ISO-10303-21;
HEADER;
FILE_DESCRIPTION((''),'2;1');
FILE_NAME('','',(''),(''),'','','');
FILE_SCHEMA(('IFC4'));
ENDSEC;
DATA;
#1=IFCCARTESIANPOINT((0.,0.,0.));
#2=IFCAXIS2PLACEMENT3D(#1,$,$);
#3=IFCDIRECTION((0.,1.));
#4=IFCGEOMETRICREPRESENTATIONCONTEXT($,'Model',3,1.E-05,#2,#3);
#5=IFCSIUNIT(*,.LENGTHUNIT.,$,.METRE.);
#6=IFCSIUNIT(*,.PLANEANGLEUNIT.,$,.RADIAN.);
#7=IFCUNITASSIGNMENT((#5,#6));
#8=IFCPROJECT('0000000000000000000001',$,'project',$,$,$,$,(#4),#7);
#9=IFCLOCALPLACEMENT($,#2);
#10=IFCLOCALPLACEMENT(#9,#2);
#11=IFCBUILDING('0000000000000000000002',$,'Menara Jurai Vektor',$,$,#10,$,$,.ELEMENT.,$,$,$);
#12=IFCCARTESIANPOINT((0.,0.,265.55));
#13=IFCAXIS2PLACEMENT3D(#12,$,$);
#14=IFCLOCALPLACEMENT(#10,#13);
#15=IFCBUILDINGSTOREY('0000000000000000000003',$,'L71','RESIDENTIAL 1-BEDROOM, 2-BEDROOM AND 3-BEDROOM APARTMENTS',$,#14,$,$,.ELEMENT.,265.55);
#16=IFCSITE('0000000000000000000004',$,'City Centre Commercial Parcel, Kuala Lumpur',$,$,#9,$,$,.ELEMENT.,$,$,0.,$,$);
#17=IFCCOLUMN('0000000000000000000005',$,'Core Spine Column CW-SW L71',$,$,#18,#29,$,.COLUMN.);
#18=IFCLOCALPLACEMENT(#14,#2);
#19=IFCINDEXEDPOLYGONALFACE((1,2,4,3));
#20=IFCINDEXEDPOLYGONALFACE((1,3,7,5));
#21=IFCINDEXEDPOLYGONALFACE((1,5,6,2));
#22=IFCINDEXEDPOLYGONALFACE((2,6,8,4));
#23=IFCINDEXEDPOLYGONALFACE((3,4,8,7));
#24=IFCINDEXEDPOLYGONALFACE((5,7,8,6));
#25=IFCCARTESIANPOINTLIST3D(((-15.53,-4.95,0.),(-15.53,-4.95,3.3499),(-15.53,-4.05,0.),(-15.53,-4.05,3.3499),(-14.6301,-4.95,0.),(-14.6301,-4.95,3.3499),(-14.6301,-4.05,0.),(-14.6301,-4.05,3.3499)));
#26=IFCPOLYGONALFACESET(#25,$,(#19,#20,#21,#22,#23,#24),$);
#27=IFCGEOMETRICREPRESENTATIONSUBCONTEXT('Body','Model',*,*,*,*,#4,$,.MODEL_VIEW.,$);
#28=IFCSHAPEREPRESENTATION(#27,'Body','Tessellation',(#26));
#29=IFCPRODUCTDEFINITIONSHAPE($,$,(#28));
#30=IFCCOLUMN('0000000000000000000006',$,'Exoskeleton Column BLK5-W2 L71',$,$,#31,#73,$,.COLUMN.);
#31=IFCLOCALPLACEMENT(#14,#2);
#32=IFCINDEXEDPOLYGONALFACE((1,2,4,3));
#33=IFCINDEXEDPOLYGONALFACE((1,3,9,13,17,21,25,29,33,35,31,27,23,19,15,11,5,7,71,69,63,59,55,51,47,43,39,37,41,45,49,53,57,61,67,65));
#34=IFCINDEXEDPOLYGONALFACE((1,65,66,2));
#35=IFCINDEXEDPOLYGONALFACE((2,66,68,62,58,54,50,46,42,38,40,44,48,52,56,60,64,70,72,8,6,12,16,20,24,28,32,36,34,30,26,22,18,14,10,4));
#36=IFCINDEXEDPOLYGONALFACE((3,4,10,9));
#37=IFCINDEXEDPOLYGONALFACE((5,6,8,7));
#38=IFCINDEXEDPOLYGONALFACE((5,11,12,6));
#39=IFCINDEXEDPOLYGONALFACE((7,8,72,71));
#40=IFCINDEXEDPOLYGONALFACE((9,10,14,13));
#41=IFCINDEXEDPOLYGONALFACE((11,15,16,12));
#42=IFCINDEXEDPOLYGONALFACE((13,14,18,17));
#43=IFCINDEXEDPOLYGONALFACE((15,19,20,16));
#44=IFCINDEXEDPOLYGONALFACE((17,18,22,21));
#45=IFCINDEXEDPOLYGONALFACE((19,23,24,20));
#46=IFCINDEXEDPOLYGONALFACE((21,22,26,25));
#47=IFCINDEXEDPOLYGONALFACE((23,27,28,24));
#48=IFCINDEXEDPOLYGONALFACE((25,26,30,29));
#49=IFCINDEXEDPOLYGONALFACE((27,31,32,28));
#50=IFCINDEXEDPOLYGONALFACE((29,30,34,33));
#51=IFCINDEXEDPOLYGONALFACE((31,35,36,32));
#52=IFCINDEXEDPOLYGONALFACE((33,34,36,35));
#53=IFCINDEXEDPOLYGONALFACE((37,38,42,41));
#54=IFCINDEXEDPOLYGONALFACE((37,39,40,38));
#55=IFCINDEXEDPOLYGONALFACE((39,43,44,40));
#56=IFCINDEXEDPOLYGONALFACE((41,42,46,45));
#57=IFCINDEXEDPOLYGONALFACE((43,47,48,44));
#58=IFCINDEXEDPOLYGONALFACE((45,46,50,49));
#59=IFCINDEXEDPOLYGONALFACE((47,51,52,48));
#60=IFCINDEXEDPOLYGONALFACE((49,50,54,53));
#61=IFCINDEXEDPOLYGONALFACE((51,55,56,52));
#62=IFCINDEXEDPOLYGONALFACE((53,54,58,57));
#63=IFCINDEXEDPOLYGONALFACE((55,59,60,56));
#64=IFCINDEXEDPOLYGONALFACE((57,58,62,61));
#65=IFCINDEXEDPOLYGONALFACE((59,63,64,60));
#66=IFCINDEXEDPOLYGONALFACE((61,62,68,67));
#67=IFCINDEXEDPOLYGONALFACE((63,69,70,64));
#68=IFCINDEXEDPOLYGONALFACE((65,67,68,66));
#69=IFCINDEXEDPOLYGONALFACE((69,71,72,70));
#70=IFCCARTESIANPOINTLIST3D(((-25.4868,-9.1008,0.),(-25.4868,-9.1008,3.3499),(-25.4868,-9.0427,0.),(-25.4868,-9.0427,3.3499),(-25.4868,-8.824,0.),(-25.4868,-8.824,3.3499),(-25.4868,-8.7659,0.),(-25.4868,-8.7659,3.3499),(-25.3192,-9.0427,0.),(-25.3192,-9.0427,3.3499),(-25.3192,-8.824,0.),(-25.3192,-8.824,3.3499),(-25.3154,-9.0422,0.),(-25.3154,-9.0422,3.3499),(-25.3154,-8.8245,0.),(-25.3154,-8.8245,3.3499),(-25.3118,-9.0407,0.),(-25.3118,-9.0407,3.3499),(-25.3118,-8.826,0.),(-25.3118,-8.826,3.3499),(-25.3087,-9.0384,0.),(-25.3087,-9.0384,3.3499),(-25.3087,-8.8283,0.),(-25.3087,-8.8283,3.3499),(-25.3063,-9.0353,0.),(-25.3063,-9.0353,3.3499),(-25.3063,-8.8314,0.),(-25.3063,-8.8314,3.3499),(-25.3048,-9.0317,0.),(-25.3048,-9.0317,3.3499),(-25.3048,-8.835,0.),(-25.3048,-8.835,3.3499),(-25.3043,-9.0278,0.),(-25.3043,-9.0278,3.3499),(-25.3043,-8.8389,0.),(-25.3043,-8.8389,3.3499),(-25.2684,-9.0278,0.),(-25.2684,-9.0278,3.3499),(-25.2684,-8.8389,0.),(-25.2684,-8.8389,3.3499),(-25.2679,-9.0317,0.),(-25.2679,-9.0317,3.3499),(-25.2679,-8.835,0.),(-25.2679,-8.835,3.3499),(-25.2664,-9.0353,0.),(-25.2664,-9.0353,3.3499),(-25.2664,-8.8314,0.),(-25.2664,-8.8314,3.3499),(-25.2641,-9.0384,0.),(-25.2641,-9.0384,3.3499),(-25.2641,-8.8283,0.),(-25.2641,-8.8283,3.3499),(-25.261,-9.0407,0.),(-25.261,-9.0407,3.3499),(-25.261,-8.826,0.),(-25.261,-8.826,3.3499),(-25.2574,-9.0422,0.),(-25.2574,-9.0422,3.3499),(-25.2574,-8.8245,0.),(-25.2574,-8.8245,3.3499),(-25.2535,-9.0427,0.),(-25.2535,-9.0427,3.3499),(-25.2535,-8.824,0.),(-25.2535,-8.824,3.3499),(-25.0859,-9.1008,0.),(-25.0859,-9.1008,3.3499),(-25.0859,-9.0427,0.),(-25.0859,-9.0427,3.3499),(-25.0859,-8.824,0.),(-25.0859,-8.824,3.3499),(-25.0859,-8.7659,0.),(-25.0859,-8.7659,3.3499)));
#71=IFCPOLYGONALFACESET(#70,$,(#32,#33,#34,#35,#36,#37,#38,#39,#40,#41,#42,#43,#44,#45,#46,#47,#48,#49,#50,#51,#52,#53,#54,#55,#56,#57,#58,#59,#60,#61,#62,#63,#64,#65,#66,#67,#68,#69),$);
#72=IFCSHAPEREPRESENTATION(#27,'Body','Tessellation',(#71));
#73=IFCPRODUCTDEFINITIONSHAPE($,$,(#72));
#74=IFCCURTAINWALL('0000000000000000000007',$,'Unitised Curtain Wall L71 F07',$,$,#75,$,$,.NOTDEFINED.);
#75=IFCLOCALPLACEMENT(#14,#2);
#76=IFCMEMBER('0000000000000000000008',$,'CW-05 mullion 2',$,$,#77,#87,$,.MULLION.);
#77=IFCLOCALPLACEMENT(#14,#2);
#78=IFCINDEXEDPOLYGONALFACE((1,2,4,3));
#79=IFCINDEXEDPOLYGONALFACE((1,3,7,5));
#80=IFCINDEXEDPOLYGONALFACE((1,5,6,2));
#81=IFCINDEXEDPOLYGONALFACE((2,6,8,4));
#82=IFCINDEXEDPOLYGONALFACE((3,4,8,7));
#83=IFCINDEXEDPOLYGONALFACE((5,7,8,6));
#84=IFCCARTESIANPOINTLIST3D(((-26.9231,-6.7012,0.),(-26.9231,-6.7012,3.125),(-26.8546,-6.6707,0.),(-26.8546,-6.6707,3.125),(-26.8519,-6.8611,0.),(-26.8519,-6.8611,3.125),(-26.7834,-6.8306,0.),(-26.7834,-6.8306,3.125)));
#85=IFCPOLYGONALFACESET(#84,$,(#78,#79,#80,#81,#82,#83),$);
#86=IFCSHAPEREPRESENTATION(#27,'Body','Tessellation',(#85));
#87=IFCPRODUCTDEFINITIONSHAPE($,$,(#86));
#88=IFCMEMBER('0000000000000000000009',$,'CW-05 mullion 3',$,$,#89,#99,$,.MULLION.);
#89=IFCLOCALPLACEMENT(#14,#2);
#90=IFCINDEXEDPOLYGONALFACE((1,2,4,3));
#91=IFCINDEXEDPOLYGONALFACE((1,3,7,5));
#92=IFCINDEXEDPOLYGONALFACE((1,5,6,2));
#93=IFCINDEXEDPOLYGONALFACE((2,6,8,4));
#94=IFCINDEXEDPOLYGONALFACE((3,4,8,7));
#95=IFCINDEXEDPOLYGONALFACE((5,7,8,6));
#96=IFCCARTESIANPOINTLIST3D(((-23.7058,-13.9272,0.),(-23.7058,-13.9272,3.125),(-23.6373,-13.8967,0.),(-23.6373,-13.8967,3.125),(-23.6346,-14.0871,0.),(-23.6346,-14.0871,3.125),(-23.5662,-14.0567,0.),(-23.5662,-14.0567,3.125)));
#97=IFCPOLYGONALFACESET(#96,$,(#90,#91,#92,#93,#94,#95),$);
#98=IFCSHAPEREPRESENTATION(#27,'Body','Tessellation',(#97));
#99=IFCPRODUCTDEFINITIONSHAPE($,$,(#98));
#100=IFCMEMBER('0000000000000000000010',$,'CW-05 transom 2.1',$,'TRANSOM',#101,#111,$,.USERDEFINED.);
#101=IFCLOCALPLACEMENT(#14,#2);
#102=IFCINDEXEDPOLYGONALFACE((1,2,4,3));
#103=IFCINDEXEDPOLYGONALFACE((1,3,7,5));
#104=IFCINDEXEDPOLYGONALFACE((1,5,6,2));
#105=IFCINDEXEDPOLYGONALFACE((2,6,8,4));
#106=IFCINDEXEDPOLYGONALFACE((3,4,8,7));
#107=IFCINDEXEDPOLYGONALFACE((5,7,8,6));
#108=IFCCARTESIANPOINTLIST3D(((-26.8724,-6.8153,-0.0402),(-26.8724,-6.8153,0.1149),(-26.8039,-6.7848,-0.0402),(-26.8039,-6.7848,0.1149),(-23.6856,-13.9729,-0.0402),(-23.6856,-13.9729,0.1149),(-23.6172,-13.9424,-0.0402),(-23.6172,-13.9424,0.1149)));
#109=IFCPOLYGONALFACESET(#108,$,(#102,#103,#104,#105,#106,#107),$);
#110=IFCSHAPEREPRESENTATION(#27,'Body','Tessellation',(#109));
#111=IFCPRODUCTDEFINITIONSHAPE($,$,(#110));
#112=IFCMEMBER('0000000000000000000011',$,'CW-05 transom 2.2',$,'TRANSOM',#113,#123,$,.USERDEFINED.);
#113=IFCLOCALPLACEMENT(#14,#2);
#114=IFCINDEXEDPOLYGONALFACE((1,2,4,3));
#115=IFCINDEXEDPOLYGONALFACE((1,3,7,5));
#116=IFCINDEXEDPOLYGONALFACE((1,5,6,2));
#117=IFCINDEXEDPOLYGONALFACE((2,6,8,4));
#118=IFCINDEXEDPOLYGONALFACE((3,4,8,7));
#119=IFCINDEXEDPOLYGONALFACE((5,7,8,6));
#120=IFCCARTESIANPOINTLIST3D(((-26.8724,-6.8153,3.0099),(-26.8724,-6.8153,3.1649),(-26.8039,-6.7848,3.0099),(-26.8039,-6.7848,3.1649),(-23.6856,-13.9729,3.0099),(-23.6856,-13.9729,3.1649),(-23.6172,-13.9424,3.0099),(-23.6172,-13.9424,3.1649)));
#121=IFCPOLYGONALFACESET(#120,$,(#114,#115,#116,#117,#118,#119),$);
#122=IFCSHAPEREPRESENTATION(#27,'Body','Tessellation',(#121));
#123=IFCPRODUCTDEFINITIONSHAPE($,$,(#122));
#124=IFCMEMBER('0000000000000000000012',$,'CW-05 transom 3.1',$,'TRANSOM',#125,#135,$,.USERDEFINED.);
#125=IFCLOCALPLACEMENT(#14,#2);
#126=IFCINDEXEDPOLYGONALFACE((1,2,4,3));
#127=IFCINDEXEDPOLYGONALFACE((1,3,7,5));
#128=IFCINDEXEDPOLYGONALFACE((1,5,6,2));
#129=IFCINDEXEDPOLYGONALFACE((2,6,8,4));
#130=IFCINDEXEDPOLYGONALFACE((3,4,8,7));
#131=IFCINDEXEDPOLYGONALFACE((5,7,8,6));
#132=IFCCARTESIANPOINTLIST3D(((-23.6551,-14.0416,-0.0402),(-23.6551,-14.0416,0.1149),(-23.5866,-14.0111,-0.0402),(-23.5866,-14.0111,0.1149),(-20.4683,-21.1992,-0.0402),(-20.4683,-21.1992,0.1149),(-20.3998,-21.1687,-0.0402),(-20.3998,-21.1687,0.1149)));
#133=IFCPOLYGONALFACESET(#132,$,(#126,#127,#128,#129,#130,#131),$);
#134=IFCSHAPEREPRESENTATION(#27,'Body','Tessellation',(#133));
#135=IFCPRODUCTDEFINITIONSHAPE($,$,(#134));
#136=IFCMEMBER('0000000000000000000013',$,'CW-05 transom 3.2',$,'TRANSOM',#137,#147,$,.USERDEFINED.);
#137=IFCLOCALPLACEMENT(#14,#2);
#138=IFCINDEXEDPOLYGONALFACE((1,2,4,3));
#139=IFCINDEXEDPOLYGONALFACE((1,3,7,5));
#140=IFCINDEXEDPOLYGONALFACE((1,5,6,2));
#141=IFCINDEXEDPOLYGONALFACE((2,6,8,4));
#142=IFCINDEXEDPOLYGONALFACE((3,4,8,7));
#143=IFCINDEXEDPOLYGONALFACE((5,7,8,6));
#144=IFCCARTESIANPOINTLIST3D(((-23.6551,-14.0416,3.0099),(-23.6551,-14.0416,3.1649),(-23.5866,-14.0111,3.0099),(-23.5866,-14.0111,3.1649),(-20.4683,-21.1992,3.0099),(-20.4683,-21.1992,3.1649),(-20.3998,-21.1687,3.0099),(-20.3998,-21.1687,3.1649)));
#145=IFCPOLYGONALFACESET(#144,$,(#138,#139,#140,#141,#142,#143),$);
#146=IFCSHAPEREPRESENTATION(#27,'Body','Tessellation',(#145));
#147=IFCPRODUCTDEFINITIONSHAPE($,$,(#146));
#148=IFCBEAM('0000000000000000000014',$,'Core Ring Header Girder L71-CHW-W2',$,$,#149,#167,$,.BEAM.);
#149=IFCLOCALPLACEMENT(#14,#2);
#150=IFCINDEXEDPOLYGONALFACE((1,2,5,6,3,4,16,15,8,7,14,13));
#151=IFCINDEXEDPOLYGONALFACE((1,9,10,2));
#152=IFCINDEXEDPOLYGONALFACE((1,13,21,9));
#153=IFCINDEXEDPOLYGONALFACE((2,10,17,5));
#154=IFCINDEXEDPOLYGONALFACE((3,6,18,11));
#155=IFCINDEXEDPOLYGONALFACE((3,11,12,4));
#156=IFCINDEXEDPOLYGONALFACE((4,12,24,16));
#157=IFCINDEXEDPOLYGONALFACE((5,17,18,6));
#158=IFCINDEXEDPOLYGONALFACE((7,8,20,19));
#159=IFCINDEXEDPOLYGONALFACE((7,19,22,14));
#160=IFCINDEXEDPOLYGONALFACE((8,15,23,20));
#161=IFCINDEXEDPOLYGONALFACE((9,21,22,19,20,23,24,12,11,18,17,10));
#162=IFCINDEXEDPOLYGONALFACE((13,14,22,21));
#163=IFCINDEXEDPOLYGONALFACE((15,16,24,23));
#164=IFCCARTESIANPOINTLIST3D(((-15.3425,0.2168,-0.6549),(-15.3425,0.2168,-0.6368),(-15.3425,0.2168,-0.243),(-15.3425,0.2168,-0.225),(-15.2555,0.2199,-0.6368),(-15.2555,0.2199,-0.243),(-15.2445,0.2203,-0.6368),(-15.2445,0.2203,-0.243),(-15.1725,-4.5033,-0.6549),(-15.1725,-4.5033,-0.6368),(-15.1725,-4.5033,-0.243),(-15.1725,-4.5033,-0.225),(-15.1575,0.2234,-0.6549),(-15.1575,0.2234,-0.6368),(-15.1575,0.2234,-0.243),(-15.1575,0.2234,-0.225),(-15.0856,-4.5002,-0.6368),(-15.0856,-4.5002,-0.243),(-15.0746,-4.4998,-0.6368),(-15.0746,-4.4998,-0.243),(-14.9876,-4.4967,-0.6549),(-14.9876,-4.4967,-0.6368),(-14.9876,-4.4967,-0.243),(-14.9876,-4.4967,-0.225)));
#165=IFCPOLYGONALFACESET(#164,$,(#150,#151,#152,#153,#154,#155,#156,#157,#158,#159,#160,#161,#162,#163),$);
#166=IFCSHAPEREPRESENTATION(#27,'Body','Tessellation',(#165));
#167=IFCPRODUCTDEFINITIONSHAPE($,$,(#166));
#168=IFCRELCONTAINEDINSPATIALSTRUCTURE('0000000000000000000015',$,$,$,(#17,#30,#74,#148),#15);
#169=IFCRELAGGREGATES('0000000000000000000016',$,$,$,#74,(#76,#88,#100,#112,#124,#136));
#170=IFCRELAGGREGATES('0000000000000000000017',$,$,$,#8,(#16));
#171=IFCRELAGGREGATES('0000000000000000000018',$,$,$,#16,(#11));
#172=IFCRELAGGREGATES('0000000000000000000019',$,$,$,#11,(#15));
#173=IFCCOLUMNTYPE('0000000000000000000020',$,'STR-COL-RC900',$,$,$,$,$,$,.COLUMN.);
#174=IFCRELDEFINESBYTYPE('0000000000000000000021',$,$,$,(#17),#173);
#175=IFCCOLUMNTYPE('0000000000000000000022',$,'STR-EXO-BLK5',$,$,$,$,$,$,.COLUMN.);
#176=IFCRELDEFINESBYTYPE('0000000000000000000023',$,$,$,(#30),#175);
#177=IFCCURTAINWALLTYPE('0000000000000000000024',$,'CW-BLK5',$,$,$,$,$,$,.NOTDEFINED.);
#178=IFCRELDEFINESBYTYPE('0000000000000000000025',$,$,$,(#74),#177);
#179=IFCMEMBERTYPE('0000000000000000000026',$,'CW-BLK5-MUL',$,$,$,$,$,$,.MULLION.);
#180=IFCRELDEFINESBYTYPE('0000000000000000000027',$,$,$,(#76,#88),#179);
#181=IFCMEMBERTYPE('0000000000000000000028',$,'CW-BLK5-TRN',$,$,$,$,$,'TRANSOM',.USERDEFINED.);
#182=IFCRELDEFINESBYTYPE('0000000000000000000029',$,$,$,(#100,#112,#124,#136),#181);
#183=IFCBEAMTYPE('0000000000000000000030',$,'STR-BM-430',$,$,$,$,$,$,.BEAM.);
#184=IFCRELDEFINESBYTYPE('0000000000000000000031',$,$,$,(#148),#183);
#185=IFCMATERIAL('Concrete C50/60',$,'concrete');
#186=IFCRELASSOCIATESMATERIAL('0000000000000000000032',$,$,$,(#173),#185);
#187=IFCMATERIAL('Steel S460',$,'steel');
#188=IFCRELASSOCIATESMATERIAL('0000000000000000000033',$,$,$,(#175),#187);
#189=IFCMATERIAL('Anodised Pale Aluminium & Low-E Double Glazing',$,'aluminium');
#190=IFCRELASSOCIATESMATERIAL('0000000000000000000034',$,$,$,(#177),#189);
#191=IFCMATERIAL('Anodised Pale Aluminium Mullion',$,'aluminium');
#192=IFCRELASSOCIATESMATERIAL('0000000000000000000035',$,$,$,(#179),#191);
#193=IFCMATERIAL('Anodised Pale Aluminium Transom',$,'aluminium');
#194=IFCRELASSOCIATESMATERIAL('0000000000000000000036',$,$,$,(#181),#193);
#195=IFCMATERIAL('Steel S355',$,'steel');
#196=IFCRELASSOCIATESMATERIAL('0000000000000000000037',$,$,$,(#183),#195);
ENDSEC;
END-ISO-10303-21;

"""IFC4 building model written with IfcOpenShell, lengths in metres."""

from ifc_helpers import new_model, si_unit, direction, frame, origin, origin_2d, place, context, subcontext, project, spatial, rectangle, i_section, extrude, material, material_profile, profile_set, type_object, element, aggregate, save


model = new_model("IFC4")

# Units and contexts
model_context = context("Model", 3, precision=1e-05, world=origin(), true_north=direction((0.0, 1.0)))
body_context = subcontext(model_context, "Body", "Model", "MODEL_VIEW")
ifc_project = project(units=[si_unit("LENGTHUNIT", "METRE"), si_unit("PLANEANGLEUNIT", "RADIAN")], contexts=[model_context])

# Site, building, storey
site_placement = place(None, origin())
site = spatial("IfcSite", under=ifc_project, at=site_placement, Name="City Centre Commercial Parcel, Kuala Lumpur", CompositionType="ELEMENT", RefElevation=0.0)
building_placement = place(site_placement, origin())
building = spatial("IfcBuilding", under=site, at=building_placement, Name="Menara Jurai Vektor", CompositionType="ELEMENT")
storey_placement = place(building_placement, frame((0.0, 0.0, 265.55)))
storey = spatial("IfcBuildingStorey", under=building, at=storey_placement, Name="L71", Description="RESIDENTIAL 1-BEDROOM, 2-BEDROOM AND 3-BEDROOM APARTMENTS", CompositionType="ELEMENT", Elevation=265.55)

# Columns
ifc_material_1 = material(Name="Concrete C50/60", Category="concrete")
ifc_material_profile_1 = material_profile(ifc_material_1, rectangle(XDim=0.8999, YDim=0.8999, at=origin_2d()), Name="RC 900x900")
ifc_profile_set_1 = profile_set([ifc_material_profile_1], Name="Concrete C50/60")
column_type_1 = type_object("IfcColumnType", Name="STR-COL-RC900", PredefinedType="COLUMN", material=ifc_profile_set_1)
column_1_placement = place(storey_placement, frame((-15.0801, -4.5, 0.0), z_axis=(0.0, 0.0, 1.0), x_axis=(1.0, 0.0, 0.0)))
element("IfcColumn", 1, at=column_1_placement, inside=storey, type_object=column_type_1, Name="Core Spine Column CW-SW L71", PredefinedType="COLUMN", context=body_context, shape_type="SweptSolid", body=[
    extrude(rectangle(XDim=0.8999, YDim=0.8999, at=origin_2d()), origin(), (0.0, 0.0, 1.0), 3.3499),
])
ifc_material_2 = material(Name="Steel S460", Category="steel")
ifc_material_profile_2 = material_profile(ifc_material_2, i_section(OverallWidth=0.4009, OverallDepth=0.335, WebThickness=0.0359, FlangeThickness=0.0581, FilletRadius=0.0149, at=origin_2d()), Name="HD 400x463")
ifc_profile_set_2 = profile_set([ifc_material_profile_2], Name="Steel S460")
column_type_2 = type_object("IfcColumnType", Name="STR-EXO-BLK5", PredefinedType="COLUMN", material=ifc_profile_set_2)
column_2_placement = place(storey_placement, frame((-25.2864, -8.9333, 0.0), z_axis=(0.0, 0.0, 1.0), x_axis=(1.0, 0.0, 0.0)))
element("IfcColumn", 2, at=column_2_placement, inside=storey, type_object=column_type_2, Name="Exoskeleton Column BLK5-W2 L71", PredefinedType="COLUMN", context=body_context, shape_type="SweptSolid", body=[
    extrude(i_section(OverallWidth=0.4009, OverallDepth=0.335, WebThickness=0.0359, FlangeThickness=0.0581, FilletRadius=0.0149, at=origin_2d()), origin(), (0.0, 0.0, 1.0), 3.3499),
])

# Curtain wall, members
ifc_material_3 = material(Name="Anodised Pale Aluminium & Low-E Double Glazing", Category="aluminium")
curtain_wall_type = type_object("IfcCurtainWallType", Name="CW-BLK5", PredefinedType="NOTDEFINED", material=ifc_material_3)
curtain_wall_placement = place(storey_placement, origin())
curtain_wall = element("IfcCurtainWall", 3, at=curtain_wall_placement, inside=storey, type_object=curtain_wall_type, Name="Unitised Curtain Wall L71 F07", PredefinedType="NOTDEFINED")
ifc_material_4 = material(Name="Anodised Pale Aluminium Mullion", Category="aluminium")
ifc_material_profile_3 = material_profile(ifc_material_4, rectangle(XDim=0.075, YDim=0.175, at=origin_2d()), Name="ALU MUL 75x175")
ifc_profile_set_3 = profile_set([ifc_material_profile_3], Name="Anodised Pale Aluminium Mullion")
member_type_1 = type_object("IfcMemberType", Name="CW-BLK5-MUL", PredefinedType="MULLION", material=ifc_profile_set_3)
member_1_placement = place(storey_placement, frame((-26.8533, -6.7659, 0.0), z_axis=(0.0, 0.0, 1.0), x_axis=(0.913546, 0.406735, 0.0)))
member_1 = element("IfcMember", 4, at=member_1_placement, type_object=member_type_1, Name="CW-05 mullion 2", PredefinedType="MULLION", context=body_context, shape_type="SweptSolid", body=[
    extrude(rectangle(XDim=0.075, YDim=0.175, at=origin_2d()), origin(), (0.0, 0.0, 1.0), 3.125),
])
member_2_placement = place(storey_placement, frame((-23.636, -13.9919, 0.0), z_axis=(0.0, 0.0, 1.0), x_axis=(0.913546, 0.406735, 0.0)))
member_2 = element("IfcMember", 5, at=member_2_placement, type_object=member_type_1, Name="CW-05 mullion 3", PredefinedType="MULLION", context=body_context, shape_type="SweptSolid", body=[
    extrude(rectangle(XDim=0.075, YDim=0.175, at=origin_2d()), origin(), (0.0, 0.0, 1.0), 3.125),
])
ifc_material_5 = material(Name="Anodised Pale Aluminium Transom", Category="aluminium")
ifc_material_profile_4 = material_profile(ifc_material_5, rectangle(XDim=0.075, YDim=0.155, at=origin_2d()), Name="ALU TRN 75x155")
ifc_profile_set_4 = profile_set([ifc_material_profile_4], Name="Anodised Pale Aluminium Transom")
member_type_2 = type_object("IfcMemberType", Name="CW-BLK5-TRN", ElementType="TRANSOM", PredefinedType="USERDEFINED", material=ifc_profile_set_4)
member_3_placement = place(storey_placement, frame((-26.8381, -6.8, 0.0374), z_axis=(0.406731, -0.913548, 0.0), x_axis=(0.913548, 0.406731, 0.0)))
member_3 = element("IfcMember", 6, at=member_3_placement, type_object=member_type_2, Name="CW-05 transom 2.1", ObjectType="TRANSOM", PredefinedType="USERDEFINED", context=body_context, shape_type="SweptSolid", body=[
    extrude(rectangle(XDim=0.075, YDim=0.155, at=origin_2d()), origin(), (0.0, 0.0, 1.0), 7.835),
])
member_4_placement = place(storey_placement, frame((-26.8381, -6.8, 3.0874), z_axis=(0.406731, -0.913548, 0.0), x_axis=(0.913548, 0.406731, 0.0)))
member_4 = element("IfcMember", 7, at=member_4_placement, type_object=member_type_2, Name="CW-05 transom 2.2", ObjectType="TRANSOM", PredefinedType="USERDEFINED", context=body_context, shape_type="SweptSolid", body=[
    extrude(rectangle(XDim=0.075, YDim=0.155, at=origin_2d()), origin(), (0.0, 0.0, 1.0), 7.835),
])
member_5_placement = place(storey_placement, frame((-23.6208, -14.0264, 0.0374), z_axis=(0.406743, -0.913543, 0.0), x_axis=(0.913543, 0.406743, 0.0)))
member_5 = element("IfcMember", 8, at=member_5_placement, type_object=member_type_2, Name="CW-05 transom 3.1", ObjectType="TRANSOM", PredefinedType="USERDEFINED", context=body_context, shape_type="SweptSolid", body=[
    extrude(rectangle(XDim=0.075, YDim=0.155, at=origin_2d()), origin(), (0.0, 0.0, 1.0), 7.835),
])
member_6_placement = place(storey_placement, frame((-23.6208, -14.0264, 3.0874), z_axis=(0.406743, -0.913543, 0.0), x_axis=(0.913543, 0.406743, 0.0)))
member_6 = element("IfcMember", 9, at=member_6_placement, type_object=member_type_2, Name="CW-05 transom 3.2", ObjectType="TRANSOM", PredefinedType="USERDEFINED", context=body_context, shape_type="SweptSolid", body=[
    extrude(rectangle(XDim=0.075, YDim=0.155, at=origin_2d()), origin(), (0.0, 0.0, 1.0), 7.835),
])

# Beam
ifc_material_6 = material(Name="Steel S355", Category="steel")
ifc_material_profile_5 = material_profile(ifc_material_6, i_section(OverallWidth=0.1851, OverallDepth=0.4299, WebThickness=0.011, FlangeThickness=0.0181, at=origin_2d()), Name="PG 430x185x76")
ifc_profile_set_5 = profile_set([ifc_material_profile_5], Name="Steel S355")
beam_type_1 = type_object("IfcBeamType", Name="STR-BM-430", PredefinedType="BEAM", material=ifc_profile_set_5)
beam_1_placement = place(storey_placement, frame((-15.0801, -4.5, -0.4399), z_axis=(-0.035977, 0.999353, 0.0), x_axis=(-0.999353, -0.035977, 0.0)))
element("IfcBeam", 10, at=beam_1_placement, inside=storey, type_object=beam_type_1, Name="Core Ring Header Girder L71-CHW-W2", PredefinedType="BEAM", context=body_context, shape_type="SweptSolid", body=[
    extrude(i_section(OverallWidth=0.1851, OverallDepth=0.4299, WebThickness=0.011, FlangeThickness=0.0181, at=origin_2d()), origin(), (0.0, 0.0, 1.0), 4.7231),
])

aggregate(curtain_wall, [member_1, member_2, member_3, member_4, member_5, member_6])

save(model, "model.ifc")
